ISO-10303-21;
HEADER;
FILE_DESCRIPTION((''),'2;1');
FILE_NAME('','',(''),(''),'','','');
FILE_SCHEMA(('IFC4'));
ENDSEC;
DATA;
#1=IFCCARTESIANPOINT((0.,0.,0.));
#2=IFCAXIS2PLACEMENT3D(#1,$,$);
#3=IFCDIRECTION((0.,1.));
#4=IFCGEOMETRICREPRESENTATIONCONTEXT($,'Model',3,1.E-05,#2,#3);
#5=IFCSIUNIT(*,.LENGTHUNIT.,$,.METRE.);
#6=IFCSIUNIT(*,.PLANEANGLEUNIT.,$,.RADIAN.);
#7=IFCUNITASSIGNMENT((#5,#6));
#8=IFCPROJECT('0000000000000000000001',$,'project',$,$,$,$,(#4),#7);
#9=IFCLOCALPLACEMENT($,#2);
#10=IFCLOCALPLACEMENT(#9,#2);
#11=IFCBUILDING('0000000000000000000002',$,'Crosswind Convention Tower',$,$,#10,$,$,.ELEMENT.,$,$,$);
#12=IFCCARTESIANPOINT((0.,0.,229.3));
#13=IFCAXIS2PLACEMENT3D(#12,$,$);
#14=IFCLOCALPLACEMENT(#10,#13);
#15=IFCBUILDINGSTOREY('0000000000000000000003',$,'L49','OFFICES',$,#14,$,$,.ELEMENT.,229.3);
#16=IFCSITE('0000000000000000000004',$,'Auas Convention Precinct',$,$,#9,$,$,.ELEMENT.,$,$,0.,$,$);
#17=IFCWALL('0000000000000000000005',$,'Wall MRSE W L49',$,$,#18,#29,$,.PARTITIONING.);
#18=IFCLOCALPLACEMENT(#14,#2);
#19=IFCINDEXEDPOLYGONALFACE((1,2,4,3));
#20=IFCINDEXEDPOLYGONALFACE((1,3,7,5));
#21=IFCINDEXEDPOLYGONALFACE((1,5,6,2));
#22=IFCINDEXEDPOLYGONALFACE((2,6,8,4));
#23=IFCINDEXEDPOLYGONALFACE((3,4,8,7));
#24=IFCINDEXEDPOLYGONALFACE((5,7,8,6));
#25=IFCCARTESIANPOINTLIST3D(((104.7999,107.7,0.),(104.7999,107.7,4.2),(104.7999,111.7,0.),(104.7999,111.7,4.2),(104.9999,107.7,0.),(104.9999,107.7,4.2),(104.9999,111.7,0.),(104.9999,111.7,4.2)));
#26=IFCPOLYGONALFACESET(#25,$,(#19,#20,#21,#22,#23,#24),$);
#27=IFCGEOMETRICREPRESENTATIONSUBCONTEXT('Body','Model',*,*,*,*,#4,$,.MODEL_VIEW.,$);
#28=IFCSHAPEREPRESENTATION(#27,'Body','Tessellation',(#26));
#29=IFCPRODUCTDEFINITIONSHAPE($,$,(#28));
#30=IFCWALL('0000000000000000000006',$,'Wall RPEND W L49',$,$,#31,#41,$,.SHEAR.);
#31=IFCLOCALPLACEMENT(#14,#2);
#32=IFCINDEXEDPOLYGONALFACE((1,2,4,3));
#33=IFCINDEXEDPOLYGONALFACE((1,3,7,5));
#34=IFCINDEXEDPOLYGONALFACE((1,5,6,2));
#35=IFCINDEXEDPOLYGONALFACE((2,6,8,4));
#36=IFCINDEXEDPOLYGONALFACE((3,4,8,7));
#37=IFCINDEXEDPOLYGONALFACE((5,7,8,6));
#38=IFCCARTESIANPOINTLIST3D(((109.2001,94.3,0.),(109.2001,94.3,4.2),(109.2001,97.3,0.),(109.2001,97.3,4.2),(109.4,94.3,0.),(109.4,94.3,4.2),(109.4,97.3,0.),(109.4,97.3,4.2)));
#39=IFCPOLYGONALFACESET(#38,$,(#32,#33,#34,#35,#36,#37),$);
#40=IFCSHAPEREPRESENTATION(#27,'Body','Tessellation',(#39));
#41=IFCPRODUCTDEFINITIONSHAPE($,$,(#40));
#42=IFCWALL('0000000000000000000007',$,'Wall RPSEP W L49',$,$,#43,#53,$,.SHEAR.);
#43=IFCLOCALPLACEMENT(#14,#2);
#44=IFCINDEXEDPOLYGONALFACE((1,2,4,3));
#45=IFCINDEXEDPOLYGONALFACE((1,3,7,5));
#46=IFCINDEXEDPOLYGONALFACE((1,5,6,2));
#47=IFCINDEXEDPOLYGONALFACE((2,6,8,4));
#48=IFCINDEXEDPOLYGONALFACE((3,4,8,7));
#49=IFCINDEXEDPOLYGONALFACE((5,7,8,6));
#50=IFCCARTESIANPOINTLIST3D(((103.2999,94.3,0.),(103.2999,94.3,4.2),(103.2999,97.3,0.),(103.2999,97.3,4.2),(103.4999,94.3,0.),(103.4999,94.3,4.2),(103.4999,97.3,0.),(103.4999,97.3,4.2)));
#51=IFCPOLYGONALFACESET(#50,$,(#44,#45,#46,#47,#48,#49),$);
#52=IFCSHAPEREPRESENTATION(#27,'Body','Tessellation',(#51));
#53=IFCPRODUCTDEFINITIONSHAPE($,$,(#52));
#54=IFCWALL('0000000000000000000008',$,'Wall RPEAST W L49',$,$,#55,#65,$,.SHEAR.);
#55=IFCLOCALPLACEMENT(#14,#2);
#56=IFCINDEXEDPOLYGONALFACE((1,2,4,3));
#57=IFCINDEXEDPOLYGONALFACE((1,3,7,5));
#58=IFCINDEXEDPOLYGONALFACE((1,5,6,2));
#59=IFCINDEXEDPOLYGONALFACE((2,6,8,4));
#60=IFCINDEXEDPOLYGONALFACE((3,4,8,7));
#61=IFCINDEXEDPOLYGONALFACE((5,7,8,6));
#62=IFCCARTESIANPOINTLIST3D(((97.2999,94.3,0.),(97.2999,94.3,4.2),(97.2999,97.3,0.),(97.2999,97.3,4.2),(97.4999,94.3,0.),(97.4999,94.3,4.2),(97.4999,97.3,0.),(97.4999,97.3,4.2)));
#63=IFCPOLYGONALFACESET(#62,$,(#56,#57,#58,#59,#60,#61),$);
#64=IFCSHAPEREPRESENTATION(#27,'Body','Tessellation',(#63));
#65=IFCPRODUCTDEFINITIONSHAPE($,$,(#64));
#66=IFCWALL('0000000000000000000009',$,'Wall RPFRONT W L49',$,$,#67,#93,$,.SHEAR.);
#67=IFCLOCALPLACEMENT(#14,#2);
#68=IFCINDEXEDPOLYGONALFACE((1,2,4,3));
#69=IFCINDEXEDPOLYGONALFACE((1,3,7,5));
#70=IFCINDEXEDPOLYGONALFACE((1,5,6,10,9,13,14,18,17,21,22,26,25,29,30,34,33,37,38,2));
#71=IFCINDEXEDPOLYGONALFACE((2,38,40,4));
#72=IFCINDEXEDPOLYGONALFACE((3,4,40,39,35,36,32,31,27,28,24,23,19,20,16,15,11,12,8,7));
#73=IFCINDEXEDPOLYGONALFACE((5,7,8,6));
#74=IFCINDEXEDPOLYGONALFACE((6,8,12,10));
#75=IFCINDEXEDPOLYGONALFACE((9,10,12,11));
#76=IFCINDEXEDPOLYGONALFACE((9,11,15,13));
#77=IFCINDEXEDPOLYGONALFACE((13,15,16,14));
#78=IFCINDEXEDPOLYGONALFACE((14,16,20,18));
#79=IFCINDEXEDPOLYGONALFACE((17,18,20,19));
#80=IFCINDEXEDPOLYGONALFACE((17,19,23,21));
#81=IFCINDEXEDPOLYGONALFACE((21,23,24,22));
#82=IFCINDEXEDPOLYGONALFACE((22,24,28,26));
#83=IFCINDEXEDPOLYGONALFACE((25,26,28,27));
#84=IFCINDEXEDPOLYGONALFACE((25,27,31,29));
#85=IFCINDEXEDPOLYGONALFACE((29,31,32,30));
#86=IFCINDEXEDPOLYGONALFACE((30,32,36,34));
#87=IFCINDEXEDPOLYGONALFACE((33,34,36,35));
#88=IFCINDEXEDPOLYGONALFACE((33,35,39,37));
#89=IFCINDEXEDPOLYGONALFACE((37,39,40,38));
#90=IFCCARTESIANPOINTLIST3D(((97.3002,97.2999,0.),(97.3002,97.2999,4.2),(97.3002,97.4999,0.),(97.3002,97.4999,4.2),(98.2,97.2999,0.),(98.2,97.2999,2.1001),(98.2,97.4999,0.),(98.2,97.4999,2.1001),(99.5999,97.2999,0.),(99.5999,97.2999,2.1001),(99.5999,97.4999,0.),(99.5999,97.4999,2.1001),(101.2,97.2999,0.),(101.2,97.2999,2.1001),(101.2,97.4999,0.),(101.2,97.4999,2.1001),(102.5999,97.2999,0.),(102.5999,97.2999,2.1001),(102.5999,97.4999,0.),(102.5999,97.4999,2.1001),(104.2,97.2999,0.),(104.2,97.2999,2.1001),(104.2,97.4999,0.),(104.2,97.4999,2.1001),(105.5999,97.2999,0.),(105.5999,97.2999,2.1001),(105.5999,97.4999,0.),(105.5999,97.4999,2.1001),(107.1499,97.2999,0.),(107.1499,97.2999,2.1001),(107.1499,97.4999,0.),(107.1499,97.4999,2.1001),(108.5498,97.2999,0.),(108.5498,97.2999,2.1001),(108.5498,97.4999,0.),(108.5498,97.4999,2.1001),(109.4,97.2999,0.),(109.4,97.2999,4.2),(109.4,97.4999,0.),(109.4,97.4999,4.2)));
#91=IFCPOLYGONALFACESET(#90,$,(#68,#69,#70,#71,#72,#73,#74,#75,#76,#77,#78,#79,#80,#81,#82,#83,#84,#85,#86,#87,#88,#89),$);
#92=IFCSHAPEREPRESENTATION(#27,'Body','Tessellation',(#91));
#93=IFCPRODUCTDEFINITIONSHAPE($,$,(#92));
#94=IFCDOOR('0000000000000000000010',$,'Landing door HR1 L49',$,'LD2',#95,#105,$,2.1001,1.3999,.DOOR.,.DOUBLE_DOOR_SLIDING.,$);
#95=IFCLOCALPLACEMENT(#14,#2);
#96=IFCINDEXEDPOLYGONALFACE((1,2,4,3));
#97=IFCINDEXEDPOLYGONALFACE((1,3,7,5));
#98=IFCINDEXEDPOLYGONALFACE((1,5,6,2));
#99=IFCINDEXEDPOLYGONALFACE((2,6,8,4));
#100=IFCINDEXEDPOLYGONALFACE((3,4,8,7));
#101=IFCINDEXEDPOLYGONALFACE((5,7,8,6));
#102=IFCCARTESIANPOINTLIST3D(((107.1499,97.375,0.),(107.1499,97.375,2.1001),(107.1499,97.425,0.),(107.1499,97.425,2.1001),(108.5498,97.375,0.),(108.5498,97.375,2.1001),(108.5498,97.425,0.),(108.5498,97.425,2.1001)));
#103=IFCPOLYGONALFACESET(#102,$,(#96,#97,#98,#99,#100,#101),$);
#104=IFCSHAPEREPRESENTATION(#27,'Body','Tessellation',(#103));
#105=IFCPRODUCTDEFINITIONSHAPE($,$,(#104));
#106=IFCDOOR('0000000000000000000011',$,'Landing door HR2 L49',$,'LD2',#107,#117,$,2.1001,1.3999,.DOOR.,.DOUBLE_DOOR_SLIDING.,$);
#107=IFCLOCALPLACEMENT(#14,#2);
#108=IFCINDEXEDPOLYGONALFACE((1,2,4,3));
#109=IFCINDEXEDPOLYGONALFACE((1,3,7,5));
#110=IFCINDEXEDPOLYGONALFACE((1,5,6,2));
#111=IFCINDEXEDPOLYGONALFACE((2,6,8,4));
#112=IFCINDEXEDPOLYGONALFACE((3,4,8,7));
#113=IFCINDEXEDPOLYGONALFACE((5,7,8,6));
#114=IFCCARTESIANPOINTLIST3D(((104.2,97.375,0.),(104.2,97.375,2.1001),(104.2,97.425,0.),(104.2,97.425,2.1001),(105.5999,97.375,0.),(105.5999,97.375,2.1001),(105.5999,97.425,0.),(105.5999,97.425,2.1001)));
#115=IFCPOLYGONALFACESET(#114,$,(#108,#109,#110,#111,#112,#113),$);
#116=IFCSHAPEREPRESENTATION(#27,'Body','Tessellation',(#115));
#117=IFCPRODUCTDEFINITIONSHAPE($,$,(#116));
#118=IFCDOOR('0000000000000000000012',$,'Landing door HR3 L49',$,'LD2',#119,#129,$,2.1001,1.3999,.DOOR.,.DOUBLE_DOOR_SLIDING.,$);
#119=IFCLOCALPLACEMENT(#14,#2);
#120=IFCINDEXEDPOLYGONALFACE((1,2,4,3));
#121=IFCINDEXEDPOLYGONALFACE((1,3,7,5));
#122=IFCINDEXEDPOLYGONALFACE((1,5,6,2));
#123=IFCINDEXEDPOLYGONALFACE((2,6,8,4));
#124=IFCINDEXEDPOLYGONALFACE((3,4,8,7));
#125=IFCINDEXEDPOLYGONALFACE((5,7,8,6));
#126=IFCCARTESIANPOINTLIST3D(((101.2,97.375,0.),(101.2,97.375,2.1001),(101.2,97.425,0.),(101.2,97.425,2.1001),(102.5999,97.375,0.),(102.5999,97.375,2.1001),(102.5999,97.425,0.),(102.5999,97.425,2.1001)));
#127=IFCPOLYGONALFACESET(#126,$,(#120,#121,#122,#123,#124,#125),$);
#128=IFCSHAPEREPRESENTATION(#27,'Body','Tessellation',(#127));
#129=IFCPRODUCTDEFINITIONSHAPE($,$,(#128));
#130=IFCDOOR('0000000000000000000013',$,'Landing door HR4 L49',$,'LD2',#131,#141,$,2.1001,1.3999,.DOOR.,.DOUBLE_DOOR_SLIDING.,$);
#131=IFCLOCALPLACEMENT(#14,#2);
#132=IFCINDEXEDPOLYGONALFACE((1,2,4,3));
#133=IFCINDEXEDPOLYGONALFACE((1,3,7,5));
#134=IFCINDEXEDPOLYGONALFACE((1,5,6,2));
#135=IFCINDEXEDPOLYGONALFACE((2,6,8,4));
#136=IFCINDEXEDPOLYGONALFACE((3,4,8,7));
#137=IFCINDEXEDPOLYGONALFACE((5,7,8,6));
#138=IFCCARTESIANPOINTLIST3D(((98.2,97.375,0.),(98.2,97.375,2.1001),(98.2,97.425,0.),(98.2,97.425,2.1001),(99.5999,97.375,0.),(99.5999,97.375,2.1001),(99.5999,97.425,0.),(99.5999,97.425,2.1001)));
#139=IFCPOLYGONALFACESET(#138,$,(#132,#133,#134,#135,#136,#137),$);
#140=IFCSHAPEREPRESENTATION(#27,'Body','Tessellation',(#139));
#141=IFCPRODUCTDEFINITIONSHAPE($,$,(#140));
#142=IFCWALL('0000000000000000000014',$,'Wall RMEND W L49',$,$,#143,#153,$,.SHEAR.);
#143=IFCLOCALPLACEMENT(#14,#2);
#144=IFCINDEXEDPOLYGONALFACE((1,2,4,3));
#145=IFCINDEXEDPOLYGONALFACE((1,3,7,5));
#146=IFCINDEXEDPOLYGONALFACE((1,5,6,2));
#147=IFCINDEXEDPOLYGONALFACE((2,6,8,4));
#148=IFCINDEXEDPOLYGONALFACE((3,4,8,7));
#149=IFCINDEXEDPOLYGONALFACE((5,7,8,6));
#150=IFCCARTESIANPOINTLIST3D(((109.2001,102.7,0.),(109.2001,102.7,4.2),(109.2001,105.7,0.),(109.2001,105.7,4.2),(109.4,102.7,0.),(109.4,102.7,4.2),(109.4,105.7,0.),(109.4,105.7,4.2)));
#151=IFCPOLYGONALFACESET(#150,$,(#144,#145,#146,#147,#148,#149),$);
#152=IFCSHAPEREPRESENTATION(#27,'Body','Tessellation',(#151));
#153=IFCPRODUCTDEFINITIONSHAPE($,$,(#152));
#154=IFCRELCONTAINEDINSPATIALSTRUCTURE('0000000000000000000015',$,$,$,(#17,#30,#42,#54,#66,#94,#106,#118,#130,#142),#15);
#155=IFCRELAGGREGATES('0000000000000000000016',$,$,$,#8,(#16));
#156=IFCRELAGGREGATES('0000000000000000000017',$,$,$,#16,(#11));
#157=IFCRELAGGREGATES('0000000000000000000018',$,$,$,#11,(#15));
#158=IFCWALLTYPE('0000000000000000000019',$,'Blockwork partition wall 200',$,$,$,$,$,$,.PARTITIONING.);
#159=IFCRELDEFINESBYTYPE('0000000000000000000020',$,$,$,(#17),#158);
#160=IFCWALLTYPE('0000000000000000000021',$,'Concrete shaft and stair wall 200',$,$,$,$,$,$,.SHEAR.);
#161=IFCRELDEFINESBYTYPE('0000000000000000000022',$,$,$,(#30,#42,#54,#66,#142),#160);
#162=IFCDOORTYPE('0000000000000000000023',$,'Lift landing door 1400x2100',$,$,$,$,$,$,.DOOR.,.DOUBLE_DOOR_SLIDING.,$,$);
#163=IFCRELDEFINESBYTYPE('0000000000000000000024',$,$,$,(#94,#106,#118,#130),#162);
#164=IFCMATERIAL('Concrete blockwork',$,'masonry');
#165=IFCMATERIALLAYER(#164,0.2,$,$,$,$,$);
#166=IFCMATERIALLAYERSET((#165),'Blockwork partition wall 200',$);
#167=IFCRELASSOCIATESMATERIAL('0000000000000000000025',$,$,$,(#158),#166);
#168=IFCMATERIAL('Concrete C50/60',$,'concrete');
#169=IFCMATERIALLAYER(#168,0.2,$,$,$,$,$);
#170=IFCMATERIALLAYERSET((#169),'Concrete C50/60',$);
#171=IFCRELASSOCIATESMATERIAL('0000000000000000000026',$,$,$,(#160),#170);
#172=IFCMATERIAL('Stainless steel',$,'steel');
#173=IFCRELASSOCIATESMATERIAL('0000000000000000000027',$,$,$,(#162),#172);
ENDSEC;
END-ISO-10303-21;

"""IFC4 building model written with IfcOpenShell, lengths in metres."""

from ifc_helpers import new_model, si_unit, direction, frame, frame_2d, origin, place, context, subcontext, project, spatial, rectangle, extrude, material, layer, layer_set, type_object, element, fill, save


model = new_model("IFC4")

# Units and contexts
model_context = context("Model", 3, precision=1e-05, world=origin(), true_north=direction((0.0, 1.0)))
body_context = subcontext(model_context, "Body", "Model", "MODEL_VIEW")
ifc_project = project(units=[si_unit("LENGTHUNIT", "METRE"), si_unit("PLANEANGLEUNIT", "RADIAN")], contexts=[model_context])

# Site, building, storey
site_placement = place(None, origin())
site = spatial("IfcSite", under=ifc_project, at=site_placement, Name="Auas Convention Precinct", CompositionType="ELEMENT", RefElevation=0.0)
building_placement = place(site_placement, origin())
building = spatial("IfcBuilding", under=site, at=building_placement, Name="Crosswind Convention Tower", CompositionType="ELEMENT")
storey_placement = place(building_placement, frame((0.0, 0.0, 229.3)))
storey = spatial("IfcBuildingStorey", under=building, at=storey_placement, Name="L49", Description="OFFICES", CompositionType="ELEMENT", Elevation=229.3)

# Walls
ifc_material_1 = material(Name="Concrete blockwork", Category="masonry")
ifc_layer_1 = layer(ifc_material_1, 0.2)
ifc_layer_set_1 = layer_set([ifc_layer_1], Name="Blockwork partition wall 200")
wall_type_1 = type_object("IfcWallType", Name="Blockwork partition wall 200", PredefinedType="PARTITIONING", material=ifc_layer_set_1)
wall_1_placement = place(storey_placement, frame((104.8999, 111.7, 0.0), z_axis=(0.0, 0.0, 1.0), x_axis=(0.0, -1.0, 0.0)))
element("IfcWall", 1, at=wall_1_placement, inside=storey, type_object=wall_type_1, Name="Wall MRSE W L49", PredefinedType="PARTITIONING", context=body_context, shape_type="SweptSolid", body=[
    extrude(rectangle(XDim=4.0, YDim=0.2, at=frame_2d((2.0, 0.0))), origin(), (0.0, 0.0, 1.0), 4.2),
])
ifc_material_2 = material(Name="Concrete C50/60", Category="concrete")
ifc_layer_2 = layer(ifc_material_2, 0.2)
ifc_layer_set_2 = layer_set([ifc_layer_2], Name="Concrete C50/60")
wall_type_2 = type_object("IfcWallType", Name="Concrete shaft and stair wall 200", PredefinedType="SHEAR", material=ifc_layer_set_2)
for number, where, z_axis, x_axis, name in (
    (2, (109.3, 97.3, 0.0), (0.0, 0.0, 1.0), (0.0, -1.0, 0.0), "Wall RPEND W L49"),
    (3, (103.3999, 97.3, 0.0), (0.0, 0.0, 1.0), (0.0, -1.0, 0.0), "Wall RPSEP W L49"),
    (4, (97.3999, 97.3, 0.0), (0.0, 0.0, 1.0), (0.0, -1.0, 0.0), "Wall RPEAST W L49"),
):
    element("IfcWall", number, at=place(storey_placement, frame(where, z_axis=z_axis, x_axis=x_axis)), inside=storey, type_object=wall_type_2, Name=name, PredefinedType="SHEAR", context=body_context, shape_type="SweptSolid", body=[
        extrude(rectangle(XDim=3.0, YDim=0.2, at=frame_2d((1.5, 0.0))), origin(), (0.0, 0.0, 1.0), 4.2),
    ])

# Wall, openings, doors
wall_2_placement = place(storey_placement, frame((109.3999, 97.3999, 0.0), z_axis=(0.0, 0.0, 1.0), x_axis=(-1.0, 0.0, 0.0)))
wall_2 = element("IfcWall", 5, at=wall_2_placement, inside=storey, type_object=wall_type_2, Name="Wall RPFRONT W L49", PredefinedType="SHEAR", context=body_context, shape_type="SweptSolid", body=[
    extrude(rectangle(XDim=12.0999, YDim=0.2, at=frame_2d((6.0498, 0.0))), origin(), (0.0, 0.0, 1.0), 4.2),
])
opening_1_placement = place(wall_2_placement, frame((0.8501, 0.0, 0.0)))
opening_1 = element("IfcOpeningElement", 6, at=opening_1_placement, cuts=wall_2, PredefinedType="OPENING", context=body_context, shape_type="SweptSolid", body=[
    extrude(rectangle(XDim=1.3999, YDim=2.1001, at=frame_2d((0.7, 1.05))), frame((0.0, 0.1099, 0.0), z_axis=(0.0, -1.0, 0.0), x_axis=(1.0, 0.0, 0.0)), (0.0, 0.0, 1.0), 0.22),
])
opening_2_placement = place(wall_2_placement, frame((3.8, 0.0, 0.0)))
opening_2 = element("IfcOpeningElement", 7, at=opening_2_placement, cuts=wall_2, PredefinedType="OPENING", context=body_context, shape_type="SweptSolid", body=[
    extrude(rectangle(XDim=1.3999, YDim=2.1001, at=frame_2d((0.7, 1.05))), frame((0.0, 0.1099, 0.0), z_axis=(0.0, -1.0, 0.0), x_axis=(1.0, 0.0, 0.0)), (0.0, 0.0, 1.0), 0.22),
])
opening_3_placement = place(wall_2_placement, frame((6.8, 0.0, 0.0)))
opening_3 = element("IfcOpeningElement", 8, at=opening_3_placement, cuts=wall_2, PredefinedType="OPENING", context=body_context, shape_type="SweptSolid", body=[
    extrude(rectangle(XDim=1.3999, YDim=2.1001, at=frame_2d((0.7, 1.05))), frame((0.0, 0.1099, 0.0), z_axis=(0.0, -1.0, 0.0), x_axis=(1.0, 0.0, 0.0)), (0.0, 0.0, 1.0), 0.22),
])
opening_4_placement = place(wall_2_placement, frame((9.8, 0.0, 0.0)))
opening_4 = element("IfcOpeningElement", 9, at=opening_4_placement, cuts=wall_2, PredefinedType="OPENING", context=body_context, shape_type="SweptSolid", body=[
    extrude(rectangle(XDim=1.3999, YDim=2.1001, at=frame_2d((0.7, 1.05))), frame((0.0, 0.1099, 0.0), z_axis=(0.0, -1.0, 0.0), x_axis=(1.0, 0.0, 0.0)), (0.0, 0.0, 1.0), 0.22),
])
ifc_material_3 = material(Name="Stainless steel", Category="steel")
door_type_1 = type_object("IfcDoorType", Name="Lift landing door 1400x2100", OperationType="DOUBLE_DOOR_SLIDING", PredefinedType="DOOR", material=ifc_material_3)
door_1_placement = place(opening_1_placement, origin())
door_1 = element("IfcDoor", 10, at=door_1_placement, inside=storey, type_object=door_type_1, Name="Landing door HR1 L49", ObjectType="LD2", OperationType="DOUBLE_DOOR_SLIDING", OverallHeight=2.1001, OverallWidth=1.3999, PredefinedType="DOOR", context=body_context, shape_type="SweptSolid", body=[
    extrude(rectangle(XDim=1.3999, YDim=2.1001, at=frame_2d((0.7, 1.05))), frame((0.0, 0.0249, 0.0), z_axis=(0.0, -1.0, 0.0), x_axis=(1.0, 0.0, 0.0)), (0.0, 0.0, 1.0), 0.05),
])
fill(opening_1, door_1)
door_2_placement = place(opening_2_placement, origin())
door_2 = element("IfcDoor", 11, at=door_2_placement, inside=storey, type_object=door_type_1, Name="Landing door HR2 L49", ObjectType="LD2", OperationType="DOUBLE_DOOR_SLIDING", OverallHeight=2.1001, OverallWidth=1.3999, PredefinedType="DOOR", context=body_context, shape_type="SweptSolid", body=[
    extrude(rectangle(XDim=1.3999, YDim=2.1001, at=frame_2d((0.7, 1.05))), frame((0.0, 0.0249, 0.0), z_axis=(0.0, -1.0, 0.0), x_axis=(1.0, 0.0, 0.0)), (0.0, 0.0, 1.0), 0.05),
])
fill(opening_2, door_2)
door_3_placement = place(opening_3_placement, origin())
door_3 = element("IfcDoor", 12, at=door_3_placement, inside=storey, type_object=door_type_1, Name="Landing door HR3 L49", ObjectType="LD2", OperationType="DOUBLE_DOOR_SLIDING", OverallHeight=2.1001, OverallWidth=1.3999, PredefinedType="DOOR", context=body_context, shape_type="SweptSolid", body=[
    extrude(rectangle(XDim=1.3999, YDim=2.1001, at=frame_2d((0.7, 1.05))), frame((0.0, 0.0249, 0.0), z_axis=(0.0, -1.0, 0.0), x_axis=(1.0, 0.0, 0.0)), (0.0, 0.0, 1.0), 0.05),
])
fill(opening_3, door_3)
door_4_placement = place(opening_4_placement, origin())
door_4 = element("IfcDoor", 13, at=door_4_placement, inside=storey, type_object=door_type_1, Name="Landing door HR4 L49", ObjectType="LD2", OperationType="DOUBLE_DOOR_SLIDING", OverallHeight=2.1001, OverallWidth=1.3999, PredefinedType="DOOR", context=body_context, shape_type="SweptSolid", body=[
    extrude(rectangle(XDim=1.3999, YDim=2.1001, at=frame_2d((0.7, 1.05))), frame((0.0, 0.0249, 0.0), z_axis=(0.0, -1.0, 0.0), x_axis=(1.0, 0.0, 0.0)), (0.0, 0.0, 1.0), 0.05),
])
fill(opening_4, door_4)

# Wall
wall_3_placement = place(storey_placement, frame((109.3, 105.7, 0.0), z_axis=(0.0, 0.0, 1.0), x_axis=(0.0, -1.0, 0.0)))
element("IfcWall", 14, at=wall_3_placement, inside=storey, type_object=wall_type_2, Name="Wall RMEND W L49", PredefinedType="SHEAR", context=body_context, shape_type="SweptSolid", body=[
    extrude(rectangle(XDim=3.0, YDim=0.2, at=frame_2d((1.5, 0.0))), origin(), (0.0, 0.0, 1.0), 4.2),
])

save(model, "model.ifc")
